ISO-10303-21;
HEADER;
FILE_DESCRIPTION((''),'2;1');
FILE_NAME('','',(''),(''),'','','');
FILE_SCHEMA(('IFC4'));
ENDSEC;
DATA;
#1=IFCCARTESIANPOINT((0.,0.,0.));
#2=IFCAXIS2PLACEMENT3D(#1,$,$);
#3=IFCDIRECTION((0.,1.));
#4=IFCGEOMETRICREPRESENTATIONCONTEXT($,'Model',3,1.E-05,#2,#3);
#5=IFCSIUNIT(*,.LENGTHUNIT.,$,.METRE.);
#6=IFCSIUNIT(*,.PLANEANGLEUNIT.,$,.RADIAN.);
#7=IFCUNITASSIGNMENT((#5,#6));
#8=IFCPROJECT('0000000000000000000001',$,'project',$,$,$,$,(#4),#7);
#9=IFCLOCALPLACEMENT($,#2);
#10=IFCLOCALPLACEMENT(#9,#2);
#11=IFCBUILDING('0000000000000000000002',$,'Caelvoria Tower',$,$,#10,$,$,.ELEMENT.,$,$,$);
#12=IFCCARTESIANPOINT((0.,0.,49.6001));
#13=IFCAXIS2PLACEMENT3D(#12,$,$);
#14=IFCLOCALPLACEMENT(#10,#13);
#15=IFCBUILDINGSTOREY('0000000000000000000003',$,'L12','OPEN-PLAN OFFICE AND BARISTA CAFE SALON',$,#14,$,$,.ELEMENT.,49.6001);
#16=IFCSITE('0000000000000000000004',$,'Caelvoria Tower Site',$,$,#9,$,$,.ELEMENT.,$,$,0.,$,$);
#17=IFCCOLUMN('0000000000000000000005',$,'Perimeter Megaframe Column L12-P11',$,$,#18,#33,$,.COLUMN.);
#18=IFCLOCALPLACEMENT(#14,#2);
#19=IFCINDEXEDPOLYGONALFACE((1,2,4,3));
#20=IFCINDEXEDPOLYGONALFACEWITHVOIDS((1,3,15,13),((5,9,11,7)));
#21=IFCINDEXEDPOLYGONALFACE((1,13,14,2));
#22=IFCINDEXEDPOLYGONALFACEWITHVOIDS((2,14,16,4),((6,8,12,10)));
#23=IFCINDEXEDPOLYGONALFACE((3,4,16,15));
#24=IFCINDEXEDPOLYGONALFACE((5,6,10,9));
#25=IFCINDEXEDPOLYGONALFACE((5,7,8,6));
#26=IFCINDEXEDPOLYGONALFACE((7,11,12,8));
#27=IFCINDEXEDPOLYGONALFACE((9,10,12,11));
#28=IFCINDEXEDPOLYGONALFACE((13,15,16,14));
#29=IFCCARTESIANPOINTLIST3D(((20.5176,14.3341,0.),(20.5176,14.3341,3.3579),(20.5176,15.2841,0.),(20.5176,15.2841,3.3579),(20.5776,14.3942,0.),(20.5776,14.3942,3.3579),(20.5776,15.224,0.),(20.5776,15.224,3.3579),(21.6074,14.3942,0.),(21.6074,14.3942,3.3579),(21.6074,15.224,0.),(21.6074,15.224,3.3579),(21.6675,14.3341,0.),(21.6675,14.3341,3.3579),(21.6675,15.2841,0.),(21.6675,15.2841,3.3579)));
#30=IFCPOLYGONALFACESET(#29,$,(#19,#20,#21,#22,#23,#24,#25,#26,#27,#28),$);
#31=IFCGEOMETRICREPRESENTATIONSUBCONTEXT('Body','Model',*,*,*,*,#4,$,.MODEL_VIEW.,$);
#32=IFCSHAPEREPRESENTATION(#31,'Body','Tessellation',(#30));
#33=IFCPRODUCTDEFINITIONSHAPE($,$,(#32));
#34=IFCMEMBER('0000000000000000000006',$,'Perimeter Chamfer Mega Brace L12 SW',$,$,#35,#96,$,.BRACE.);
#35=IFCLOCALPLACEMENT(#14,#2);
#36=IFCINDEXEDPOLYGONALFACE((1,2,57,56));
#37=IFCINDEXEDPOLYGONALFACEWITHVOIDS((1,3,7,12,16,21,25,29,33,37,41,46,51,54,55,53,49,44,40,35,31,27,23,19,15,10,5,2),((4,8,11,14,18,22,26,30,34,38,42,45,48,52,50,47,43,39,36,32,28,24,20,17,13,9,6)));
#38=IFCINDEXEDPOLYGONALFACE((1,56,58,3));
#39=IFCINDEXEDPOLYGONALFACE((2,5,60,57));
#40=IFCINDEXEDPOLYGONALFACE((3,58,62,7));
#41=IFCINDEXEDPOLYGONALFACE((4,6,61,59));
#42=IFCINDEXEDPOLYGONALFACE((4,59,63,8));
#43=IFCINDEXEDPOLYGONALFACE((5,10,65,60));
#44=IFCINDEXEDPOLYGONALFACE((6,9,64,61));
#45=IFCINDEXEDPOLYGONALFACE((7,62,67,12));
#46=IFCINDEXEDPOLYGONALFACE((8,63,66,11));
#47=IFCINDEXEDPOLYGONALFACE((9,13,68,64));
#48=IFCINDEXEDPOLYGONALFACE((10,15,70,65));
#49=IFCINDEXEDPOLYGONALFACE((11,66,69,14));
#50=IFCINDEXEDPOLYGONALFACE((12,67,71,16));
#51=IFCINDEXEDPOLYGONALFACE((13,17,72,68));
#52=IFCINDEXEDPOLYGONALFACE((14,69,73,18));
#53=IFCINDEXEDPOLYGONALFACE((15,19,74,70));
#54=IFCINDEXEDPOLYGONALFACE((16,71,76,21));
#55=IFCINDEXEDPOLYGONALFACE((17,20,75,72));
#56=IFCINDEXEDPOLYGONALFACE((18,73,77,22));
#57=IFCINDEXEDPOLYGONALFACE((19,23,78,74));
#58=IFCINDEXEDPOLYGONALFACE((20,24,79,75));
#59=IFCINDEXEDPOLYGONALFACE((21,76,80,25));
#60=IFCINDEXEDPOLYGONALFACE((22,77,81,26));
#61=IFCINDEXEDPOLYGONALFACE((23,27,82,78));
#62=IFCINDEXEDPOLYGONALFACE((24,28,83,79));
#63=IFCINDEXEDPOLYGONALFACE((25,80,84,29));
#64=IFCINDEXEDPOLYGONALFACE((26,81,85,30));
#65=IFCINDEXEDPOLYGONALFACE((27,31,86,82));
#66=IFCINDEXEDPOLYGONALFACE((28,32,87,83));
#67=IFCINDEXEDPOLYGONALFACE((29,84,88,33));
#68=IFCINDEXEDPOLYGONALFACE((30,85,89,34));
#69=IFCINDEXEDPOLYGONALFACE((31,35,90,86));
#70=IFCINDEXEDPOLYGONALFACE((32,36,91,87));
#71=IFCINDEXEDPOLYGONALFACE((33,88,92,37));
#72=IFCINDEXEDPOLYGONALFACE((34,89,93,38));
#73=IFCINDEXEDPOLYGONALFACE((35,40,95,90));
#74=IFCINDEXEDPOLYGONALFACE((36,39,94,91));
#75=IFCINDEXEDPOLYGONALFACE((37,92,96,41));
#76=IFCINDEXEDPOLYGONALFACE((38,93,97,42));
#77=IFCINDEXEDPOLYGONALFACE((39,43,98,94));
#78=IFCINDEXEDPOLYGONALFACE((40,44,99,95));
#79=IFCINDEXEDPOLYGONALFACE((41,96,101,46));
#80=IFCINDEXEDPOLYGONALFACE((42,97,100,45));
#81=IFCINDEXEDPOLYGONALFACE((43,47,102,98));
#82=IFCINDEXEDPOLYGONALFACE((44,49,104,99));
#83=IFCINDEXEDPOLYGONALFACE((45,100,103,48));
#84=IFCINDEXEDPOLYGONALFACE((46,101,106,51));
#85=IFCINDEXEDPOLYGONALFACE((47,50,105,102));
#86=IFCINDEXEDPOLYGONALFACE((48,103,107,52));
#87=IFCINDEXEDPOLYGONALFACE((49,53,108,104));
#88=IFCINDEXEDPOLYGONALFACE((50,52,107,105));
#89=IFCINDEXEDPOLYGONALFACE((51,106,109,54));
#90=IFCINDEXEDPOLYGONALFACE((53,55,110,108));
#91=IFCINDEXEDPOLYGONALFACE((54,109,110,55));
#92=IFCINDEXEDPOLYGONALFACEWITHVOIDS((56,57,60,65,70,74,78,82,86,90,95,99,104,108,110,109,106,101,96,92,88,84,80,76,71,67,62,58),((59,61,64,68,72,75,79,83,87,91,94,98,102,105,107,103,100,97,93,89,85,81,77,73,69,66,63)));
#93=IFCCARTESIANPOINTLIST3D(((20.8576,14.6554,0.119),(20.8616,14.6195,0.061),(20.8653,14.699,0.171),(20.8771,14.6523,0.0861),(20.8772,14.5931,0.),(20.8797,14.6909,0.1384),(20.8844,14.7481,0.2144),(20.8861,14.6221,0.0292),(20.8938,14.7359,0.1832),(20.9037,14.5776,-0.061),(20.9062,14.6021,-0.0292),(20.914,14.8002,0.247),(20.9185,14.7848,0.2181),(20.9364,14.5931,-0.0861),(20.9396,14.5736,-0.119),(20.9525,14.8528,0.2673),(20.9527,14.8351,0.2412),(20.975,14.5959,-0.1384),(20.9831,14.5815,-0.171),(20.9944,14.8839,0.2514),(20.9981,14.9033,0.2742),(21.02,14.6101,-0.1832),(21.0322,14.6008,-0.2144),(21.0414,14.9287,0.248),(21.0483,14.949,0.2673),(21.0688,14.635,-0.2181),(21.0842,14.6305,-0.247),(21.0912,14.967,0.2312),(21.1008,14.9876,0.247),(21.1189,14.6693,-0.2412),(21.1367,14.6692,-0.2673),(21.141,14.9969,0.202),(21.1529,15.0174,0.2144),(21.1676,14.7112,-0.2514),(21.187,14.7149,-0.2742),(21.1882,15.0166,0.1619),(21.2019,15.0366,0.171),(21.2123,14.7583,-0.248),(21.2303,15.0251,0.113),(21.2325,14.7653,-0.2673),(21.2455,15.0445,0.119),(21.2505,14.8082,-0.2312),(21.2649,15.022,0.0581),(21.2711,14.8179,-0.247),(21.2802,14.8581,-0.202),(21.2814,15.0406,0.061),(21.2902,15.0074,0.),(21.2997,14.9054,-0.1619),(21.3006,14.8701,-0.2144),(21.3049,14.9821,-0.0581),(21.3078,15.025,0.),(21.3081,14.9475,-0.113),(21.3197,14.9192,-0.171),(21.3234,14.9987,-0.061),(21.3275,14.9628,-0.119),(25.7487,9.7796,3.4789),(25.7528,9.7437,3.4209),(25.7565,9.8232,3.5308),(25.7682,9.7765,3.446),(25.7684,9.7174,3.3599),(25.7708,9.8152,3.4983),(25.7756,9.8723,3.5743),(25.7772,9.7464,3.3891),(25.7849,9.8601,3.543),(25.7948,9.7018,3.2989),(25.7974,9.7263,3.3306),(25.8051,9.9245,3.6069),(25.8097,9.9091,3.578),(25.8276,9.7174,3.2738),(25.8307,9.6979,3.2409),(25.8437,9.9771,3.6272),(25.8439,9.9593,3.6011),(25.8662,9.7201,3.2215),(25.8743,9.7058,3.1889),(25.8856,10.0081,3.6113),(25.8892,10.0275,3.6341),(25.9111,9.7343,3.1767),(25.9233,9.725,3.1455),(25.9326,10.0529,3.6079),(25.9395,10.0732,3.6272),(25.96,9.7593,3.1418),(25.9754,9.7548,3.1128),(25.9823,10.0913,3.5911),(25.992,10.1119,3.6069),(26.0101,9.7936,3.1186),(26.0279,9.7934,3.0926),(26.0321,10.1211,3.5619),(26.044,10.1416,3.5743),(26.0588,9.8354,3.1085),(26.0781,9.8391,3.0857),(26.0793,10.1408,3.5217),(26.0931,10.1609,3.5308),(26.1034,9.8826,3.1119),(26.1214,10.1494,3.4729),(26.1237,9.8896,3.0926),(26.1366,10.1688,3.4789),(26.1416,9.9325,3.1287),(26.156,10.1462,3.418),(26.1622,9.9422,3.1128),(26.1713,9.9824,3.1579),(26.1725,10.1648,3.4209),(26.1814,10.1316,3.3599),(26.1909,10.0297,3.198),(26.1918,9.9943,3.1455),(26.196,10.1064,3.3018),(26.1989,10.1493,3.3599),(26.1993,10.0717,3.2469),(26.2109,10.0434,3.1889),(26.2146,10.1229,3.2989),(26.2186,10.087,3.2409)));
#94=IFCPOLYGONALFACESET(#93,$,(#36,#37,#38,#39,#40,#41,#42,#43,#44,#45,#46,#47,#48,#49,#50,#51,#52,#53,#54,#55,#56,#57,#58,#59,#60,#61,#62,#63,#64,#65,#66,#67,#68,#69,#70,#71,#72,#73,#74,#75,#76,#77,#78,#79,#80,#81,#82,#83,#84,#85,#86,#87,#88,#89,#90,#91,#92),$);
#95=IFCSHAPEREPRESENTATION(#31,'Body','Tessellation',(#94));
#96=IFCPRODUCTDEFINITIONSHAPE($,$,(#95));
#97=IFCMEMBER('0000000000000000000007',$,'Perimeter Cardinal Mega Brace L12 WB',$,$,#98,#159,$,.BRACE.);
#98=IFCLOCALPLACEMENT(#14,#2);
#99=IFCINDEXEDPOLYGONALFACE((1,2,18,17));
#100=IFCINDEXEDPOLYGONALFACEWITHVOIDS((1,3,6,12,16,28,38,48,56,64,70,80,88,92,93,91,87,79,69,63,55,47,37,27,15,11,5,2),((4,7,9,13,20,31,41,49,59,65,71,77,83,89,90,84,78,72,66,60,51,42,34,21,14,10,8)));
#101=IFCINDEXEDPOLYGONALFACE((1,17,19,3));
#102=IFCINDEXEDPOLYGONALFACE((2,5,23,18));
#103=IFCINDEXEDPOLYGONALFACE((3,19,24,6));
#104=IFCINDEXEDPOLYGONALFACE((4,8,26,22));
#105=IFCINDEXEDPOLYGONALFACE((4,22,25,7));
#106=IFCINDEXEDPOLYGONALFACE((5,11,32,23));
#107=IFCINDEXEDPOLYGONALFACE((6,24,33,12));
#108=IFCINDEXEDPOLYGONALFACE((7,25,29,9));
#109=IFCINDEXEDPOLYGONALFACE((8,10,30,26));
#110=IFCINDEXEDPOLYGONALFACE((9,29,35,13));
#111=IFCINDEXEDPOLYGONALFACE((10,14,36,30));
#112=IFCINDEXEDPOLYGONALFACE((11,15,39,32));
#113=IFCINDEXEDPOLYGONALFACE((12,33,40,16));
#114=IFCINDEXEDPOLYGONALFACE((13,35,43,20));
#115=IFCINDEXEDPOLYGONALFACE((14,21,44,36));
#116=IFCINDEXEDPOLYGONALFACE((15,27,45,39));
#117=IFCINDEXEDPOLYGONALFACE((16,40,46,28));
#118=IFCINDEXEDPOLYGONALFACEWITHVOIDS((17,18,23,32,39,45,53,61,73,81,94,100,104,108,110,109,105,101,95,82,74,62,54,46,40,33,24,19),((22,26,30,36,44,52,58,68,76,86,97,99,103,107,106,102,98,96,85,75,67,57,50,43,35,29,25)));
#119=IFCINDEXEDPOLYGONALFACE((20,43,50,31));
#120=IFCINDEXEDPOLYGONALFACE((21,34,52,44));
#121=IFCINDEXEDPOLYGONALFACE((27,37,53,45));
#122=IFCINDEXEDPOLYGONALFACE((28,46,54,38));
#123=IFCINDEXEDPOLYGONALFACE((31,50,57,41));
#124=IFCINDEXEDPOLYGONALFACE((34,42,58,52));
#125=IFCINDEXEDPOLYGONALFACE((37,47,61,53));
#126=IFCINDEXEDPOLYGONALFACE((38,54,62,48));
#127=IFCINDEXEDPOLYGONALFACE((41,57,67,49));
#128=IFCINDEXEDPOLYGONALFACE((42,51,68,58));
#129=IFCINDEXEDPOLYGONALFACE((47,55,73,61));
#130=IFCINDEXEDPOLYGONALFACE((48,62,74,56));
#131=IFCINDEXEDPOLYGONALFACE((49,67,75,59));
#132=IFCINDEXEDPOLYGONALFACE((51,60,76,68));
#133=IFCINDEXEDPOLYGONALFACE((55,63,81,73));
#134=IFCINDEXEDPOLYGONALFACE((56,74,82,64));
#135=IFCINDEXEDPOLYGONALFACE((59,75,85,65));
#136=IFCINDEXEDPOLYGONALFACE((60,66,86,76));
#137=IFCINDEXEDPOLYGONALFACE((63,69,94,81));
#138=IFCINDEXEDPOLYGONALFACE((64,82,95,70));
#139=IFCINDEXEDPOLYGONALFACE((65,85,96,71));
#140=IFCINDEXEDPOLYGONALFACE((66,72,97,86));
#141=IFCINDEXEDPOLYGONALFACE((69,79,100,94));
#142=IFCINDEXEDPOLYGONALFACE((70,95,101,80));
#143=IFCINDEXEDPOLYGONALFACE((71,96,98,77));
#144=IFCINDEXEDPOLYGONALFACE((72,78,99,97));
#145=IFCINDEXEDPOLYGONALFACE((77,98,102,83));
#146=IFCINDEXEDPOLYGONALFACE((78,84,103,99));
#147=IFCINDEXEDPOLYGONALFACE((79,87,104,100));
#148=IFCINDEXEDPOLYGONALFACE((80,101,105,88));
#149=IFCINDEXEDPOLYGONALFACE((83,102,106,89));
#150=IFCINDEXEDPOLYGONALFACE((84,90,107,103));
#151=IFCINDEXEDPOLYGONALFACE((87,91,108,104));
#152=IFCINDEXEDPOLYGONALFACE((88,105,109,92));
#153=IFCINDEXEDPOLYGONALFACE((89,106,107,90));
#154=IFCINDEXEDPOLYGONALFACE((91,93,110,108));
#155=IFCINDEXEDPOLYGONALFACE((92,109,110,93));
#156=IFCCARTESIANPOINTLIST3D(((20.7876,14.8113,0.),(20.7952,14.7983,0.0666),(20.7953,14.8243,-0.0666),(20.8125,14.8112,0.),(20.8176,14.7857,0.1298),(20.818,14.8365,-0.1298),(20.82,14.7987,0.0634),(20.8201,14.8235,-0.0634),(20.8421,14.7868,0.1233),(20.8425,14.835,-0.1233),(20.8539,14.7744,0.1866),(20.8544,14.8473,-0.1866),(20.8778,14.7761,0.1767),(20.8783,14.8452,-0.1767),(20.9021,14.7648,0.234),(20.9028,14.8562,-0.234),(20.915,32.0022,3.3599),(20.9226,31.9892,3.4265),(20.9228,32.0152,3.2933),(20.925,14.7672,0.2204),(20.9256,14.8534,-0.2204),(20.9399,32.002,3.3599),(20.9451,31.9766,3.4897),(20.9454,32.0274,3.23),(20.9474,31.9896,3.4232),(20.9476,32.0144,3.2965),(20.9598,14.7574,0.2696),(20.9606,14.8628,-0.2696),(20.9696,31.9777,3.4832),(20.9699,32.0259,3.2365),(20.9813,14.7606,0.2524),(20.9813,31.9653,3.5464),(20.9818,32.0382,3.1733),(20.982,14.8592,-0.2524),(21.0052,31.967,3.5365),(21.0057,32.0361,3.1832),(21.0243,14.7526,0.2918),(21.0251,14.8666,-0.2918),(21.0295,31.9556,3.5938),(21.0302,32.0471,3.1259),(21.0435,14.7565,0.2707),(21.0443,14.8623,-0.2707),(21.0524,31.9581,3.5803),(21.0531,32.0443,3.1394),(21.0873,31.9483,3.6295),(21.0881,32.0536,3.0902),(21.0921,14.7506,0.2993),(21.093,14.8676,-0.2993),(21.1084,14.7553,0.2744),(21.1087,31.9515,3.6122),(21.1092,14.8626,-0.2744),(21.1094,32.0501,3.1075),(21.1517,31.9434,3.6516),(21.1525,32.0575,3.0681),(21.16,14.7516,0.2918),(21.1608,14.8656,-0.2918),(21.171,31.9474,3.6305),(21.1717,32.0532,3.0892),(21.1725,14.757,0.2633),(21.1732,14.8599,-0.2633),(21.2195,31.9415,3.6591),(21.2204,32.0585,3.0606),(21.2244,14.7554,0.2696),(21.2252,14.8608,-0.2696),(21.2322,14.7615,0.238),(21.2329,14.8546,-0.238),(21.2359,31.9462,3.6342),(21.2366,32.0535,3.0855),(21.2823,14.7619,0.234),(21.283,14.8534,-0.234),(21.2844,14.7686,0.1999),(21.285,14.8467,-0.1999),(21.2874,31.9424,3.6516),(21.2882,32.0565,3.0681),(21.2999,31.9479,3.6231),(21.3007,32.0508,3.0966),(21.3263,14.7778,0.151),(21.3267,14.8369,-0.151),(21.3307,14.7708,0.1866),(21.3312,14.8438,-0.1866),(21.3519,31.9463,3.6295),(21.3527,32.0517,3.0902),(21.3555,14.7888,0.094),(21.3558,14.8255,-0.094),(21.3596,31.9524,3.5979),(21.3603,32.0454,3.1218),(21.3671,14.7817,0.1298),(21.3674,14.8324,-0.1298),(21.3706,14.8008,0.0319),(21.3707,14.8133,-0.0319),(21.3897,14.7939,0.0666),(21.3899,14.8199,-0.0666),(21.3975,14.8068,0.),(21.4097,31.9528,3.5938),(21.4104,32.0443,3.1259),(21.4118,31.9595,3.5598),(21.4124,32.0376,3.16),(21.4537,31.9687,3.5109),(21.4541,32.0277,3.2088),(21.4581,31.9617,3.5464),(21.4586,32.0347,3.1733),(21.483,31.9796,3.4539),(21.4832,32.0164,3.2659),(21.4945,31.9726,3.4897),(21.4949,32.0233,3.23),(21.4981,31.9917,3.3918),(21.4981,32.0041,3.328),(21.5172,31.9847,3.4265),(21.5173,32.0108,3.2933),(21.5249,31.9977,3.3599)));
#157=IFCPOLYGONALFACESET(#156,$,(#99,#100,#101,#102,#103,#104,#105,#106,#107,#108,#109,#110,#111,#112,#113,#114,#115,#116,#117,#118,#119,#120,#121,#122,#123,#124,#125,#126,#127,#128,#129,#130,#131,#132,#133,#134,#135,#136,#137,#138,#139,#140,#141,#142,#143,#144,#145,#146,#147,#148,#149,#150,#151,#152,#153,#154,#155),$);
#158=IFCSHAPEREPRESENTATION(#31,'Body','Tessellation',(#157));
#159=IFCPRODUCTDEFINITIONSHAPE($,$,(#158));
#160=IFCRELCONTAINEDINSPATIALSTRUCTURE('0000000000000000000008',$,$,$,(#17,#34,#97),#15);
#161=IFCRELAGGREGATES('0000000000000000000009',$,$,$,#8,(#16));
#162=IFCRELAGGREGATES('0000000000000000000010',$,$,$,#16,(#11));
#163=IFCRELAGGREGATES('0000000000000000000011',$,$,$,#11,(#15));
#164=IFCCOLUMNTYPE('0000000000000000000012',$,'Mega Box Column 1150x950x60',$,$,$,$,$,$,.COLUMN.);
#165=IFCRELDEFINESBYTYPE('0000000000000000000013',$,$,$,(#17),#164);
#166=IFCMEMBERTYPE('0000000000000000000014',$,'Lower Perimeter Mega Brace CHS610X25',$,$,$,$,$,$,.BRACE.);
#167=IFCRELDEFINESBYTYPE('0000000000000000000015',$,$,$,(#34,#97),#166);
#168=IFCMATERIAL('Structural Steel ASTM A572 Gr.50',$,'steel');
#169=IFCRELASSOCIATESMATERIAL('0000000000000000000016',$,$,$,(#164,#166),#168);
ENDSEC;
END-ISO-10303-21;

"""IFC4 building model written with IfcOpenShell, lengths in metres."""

from ifc_helpers import new_model, si_unit, direction, frame, origin, origin_2d, place, context, subcontext, project, spatial, hollow_rectangle, hollow_circle, extrude, material, material_profile, profile_set, type_object, element, save


model = new_model("IFC4")

# Units and contexts
model_context = context("Model", 3, precision=1e-05, world=origin(), true_north=direction((0.0, 1.0)))
body_context = subcontext(model_context, "Body", "Model", "MODEL_VIEW")
ifc_project = project(units=[si_unit("LENGTHUNIT", "METRE"), si_unit("PLANEANGLEUNIT", "RADIAN")], contexts=[model_context])

# Site, building, storey
site_placement = place(None, origin())
site = spatial("IfcSite", under=ifc_project, at=site_placement, Name="Caelvoria Tower Site", CompositionType="ELEMENT", RefElevation=0.0)
building_placement = place(site_placement, origin())
building = spatial("IfcBuilding", under=site, at=building_placement, Name="Caelvoria Tower", CompositionType="ELEMENT")
storey_placement = place(building_placement, frame((0.0, 0.0, 49.6001)))
storey = spatial("IfcBuildingStorey", under=building, at=storey_placement, Name="L12", Description="OPEN-PLAN OFFICE AND BARISTA CAFE SALON", CompositionType="ELEMENT", Elevation=49.6001)

# Column
ifc_material_1 = material(Name="Structural Steel ASTM A572 Gr.50", Category="steel")
ifc_material_profile_1 = material_profile(ifc_material_1, hollow_rectangle(XDim=0.95, YDim=1.1499, WallThickness=0.0601, at=origin_2d()), Name="Structural Steel ASTM A572 Gr.50")
ifc_profile_set_1 = profile_set([ifc_material_profile_1], Name="BOX1150X950X60 - Structural Steel ASTM A572 Gr.50")
column_type = type_object("IfcColumnType", Name="Mega Box Column 1150x950x60", PredefinedType="COLUMN", material=ifc_profile_set_1)
column_placement = place(storey_placement, frame((21.0925, 14.8091, 0.0), z_axis=(0.0, 0.0, 1.0), x_axis=(0.0, 1.0, 0.0)))
element("IfcColumn", 1, at=column_placement, inside=storey, type_object=column_type, Name="Perimeter Megaframe Column L12-P11", PredefinedType="COLUMN", context=body_context, shape_type="SweptSolid", body=[
    extrude(hollow_rectangle(XDim=0.95, YDim=1.1499, WallThickness=0.0601, at=origin_2d()), origin(), (0.0, 0.0, 1.0), 3.3579),
])

# Members
ifc_material_profile_2 = material_profile(ifc_material_1, hollow_circle(Radius=0.3049, WallThickness=0.0249, at=origin_2d()), Name="Structural Steel ASTM A572 Gr.50")
ifc_profile_set_2 = profile_set([ifc_material_profile_2], Name="CHS610X25 - Structural Steel ASTM A572 Gr.50")
member_type = type_object("IfcMemberType", Name="Lower Perimeter Mega Brace CHS610X25", PredefinedType="BRACE", material=ifc_profile_set_2)
member_1_placement = place(storey_placement, frame((21.0925, 14.8091, 0.0), z_axis=(0.636853, -0.63485, 0.437475), x_axis=(0.705992, 0.708219, 0.0)))
element("IfcMember", 2, at=member_1_placement, inside=storey, type_object=member_type, Name="Perimeter Chamfer Mega Brace L12 SW", PredefinedType="BRACE", context=body_context, shape_type="SweptSolid", body=[
    extrude(hollow_circle(Radius=0.3049, WallThickness=0.0249, at=origin_2d()), origin(), (0.0, 0.0, 1.0), 7.6802),
])
member_2_placement = place(storey_placement, frame((21.0925, 14.8091, 0.0), z_axis=(0.007275, 0.981405, 0.19181), x_axis=(-0.999973, 0.007413, 0.0)))
element("IfcMember", 3, at=member_2_placement, inside=storey, type_object=member_type, Name="Perimeter Cardinal Mega Brace L12 WB", PredefinedType="BRACE", context=body_context, shape_type="SweptSolid", body=[
    extrude(hollow_circle(Radius=0.3049, WallThickness=0.0249, at=origin_2d()), origin(), (0.0, 0.0, 1.0), 17.5166),
])

save(model, "model.ifc")
